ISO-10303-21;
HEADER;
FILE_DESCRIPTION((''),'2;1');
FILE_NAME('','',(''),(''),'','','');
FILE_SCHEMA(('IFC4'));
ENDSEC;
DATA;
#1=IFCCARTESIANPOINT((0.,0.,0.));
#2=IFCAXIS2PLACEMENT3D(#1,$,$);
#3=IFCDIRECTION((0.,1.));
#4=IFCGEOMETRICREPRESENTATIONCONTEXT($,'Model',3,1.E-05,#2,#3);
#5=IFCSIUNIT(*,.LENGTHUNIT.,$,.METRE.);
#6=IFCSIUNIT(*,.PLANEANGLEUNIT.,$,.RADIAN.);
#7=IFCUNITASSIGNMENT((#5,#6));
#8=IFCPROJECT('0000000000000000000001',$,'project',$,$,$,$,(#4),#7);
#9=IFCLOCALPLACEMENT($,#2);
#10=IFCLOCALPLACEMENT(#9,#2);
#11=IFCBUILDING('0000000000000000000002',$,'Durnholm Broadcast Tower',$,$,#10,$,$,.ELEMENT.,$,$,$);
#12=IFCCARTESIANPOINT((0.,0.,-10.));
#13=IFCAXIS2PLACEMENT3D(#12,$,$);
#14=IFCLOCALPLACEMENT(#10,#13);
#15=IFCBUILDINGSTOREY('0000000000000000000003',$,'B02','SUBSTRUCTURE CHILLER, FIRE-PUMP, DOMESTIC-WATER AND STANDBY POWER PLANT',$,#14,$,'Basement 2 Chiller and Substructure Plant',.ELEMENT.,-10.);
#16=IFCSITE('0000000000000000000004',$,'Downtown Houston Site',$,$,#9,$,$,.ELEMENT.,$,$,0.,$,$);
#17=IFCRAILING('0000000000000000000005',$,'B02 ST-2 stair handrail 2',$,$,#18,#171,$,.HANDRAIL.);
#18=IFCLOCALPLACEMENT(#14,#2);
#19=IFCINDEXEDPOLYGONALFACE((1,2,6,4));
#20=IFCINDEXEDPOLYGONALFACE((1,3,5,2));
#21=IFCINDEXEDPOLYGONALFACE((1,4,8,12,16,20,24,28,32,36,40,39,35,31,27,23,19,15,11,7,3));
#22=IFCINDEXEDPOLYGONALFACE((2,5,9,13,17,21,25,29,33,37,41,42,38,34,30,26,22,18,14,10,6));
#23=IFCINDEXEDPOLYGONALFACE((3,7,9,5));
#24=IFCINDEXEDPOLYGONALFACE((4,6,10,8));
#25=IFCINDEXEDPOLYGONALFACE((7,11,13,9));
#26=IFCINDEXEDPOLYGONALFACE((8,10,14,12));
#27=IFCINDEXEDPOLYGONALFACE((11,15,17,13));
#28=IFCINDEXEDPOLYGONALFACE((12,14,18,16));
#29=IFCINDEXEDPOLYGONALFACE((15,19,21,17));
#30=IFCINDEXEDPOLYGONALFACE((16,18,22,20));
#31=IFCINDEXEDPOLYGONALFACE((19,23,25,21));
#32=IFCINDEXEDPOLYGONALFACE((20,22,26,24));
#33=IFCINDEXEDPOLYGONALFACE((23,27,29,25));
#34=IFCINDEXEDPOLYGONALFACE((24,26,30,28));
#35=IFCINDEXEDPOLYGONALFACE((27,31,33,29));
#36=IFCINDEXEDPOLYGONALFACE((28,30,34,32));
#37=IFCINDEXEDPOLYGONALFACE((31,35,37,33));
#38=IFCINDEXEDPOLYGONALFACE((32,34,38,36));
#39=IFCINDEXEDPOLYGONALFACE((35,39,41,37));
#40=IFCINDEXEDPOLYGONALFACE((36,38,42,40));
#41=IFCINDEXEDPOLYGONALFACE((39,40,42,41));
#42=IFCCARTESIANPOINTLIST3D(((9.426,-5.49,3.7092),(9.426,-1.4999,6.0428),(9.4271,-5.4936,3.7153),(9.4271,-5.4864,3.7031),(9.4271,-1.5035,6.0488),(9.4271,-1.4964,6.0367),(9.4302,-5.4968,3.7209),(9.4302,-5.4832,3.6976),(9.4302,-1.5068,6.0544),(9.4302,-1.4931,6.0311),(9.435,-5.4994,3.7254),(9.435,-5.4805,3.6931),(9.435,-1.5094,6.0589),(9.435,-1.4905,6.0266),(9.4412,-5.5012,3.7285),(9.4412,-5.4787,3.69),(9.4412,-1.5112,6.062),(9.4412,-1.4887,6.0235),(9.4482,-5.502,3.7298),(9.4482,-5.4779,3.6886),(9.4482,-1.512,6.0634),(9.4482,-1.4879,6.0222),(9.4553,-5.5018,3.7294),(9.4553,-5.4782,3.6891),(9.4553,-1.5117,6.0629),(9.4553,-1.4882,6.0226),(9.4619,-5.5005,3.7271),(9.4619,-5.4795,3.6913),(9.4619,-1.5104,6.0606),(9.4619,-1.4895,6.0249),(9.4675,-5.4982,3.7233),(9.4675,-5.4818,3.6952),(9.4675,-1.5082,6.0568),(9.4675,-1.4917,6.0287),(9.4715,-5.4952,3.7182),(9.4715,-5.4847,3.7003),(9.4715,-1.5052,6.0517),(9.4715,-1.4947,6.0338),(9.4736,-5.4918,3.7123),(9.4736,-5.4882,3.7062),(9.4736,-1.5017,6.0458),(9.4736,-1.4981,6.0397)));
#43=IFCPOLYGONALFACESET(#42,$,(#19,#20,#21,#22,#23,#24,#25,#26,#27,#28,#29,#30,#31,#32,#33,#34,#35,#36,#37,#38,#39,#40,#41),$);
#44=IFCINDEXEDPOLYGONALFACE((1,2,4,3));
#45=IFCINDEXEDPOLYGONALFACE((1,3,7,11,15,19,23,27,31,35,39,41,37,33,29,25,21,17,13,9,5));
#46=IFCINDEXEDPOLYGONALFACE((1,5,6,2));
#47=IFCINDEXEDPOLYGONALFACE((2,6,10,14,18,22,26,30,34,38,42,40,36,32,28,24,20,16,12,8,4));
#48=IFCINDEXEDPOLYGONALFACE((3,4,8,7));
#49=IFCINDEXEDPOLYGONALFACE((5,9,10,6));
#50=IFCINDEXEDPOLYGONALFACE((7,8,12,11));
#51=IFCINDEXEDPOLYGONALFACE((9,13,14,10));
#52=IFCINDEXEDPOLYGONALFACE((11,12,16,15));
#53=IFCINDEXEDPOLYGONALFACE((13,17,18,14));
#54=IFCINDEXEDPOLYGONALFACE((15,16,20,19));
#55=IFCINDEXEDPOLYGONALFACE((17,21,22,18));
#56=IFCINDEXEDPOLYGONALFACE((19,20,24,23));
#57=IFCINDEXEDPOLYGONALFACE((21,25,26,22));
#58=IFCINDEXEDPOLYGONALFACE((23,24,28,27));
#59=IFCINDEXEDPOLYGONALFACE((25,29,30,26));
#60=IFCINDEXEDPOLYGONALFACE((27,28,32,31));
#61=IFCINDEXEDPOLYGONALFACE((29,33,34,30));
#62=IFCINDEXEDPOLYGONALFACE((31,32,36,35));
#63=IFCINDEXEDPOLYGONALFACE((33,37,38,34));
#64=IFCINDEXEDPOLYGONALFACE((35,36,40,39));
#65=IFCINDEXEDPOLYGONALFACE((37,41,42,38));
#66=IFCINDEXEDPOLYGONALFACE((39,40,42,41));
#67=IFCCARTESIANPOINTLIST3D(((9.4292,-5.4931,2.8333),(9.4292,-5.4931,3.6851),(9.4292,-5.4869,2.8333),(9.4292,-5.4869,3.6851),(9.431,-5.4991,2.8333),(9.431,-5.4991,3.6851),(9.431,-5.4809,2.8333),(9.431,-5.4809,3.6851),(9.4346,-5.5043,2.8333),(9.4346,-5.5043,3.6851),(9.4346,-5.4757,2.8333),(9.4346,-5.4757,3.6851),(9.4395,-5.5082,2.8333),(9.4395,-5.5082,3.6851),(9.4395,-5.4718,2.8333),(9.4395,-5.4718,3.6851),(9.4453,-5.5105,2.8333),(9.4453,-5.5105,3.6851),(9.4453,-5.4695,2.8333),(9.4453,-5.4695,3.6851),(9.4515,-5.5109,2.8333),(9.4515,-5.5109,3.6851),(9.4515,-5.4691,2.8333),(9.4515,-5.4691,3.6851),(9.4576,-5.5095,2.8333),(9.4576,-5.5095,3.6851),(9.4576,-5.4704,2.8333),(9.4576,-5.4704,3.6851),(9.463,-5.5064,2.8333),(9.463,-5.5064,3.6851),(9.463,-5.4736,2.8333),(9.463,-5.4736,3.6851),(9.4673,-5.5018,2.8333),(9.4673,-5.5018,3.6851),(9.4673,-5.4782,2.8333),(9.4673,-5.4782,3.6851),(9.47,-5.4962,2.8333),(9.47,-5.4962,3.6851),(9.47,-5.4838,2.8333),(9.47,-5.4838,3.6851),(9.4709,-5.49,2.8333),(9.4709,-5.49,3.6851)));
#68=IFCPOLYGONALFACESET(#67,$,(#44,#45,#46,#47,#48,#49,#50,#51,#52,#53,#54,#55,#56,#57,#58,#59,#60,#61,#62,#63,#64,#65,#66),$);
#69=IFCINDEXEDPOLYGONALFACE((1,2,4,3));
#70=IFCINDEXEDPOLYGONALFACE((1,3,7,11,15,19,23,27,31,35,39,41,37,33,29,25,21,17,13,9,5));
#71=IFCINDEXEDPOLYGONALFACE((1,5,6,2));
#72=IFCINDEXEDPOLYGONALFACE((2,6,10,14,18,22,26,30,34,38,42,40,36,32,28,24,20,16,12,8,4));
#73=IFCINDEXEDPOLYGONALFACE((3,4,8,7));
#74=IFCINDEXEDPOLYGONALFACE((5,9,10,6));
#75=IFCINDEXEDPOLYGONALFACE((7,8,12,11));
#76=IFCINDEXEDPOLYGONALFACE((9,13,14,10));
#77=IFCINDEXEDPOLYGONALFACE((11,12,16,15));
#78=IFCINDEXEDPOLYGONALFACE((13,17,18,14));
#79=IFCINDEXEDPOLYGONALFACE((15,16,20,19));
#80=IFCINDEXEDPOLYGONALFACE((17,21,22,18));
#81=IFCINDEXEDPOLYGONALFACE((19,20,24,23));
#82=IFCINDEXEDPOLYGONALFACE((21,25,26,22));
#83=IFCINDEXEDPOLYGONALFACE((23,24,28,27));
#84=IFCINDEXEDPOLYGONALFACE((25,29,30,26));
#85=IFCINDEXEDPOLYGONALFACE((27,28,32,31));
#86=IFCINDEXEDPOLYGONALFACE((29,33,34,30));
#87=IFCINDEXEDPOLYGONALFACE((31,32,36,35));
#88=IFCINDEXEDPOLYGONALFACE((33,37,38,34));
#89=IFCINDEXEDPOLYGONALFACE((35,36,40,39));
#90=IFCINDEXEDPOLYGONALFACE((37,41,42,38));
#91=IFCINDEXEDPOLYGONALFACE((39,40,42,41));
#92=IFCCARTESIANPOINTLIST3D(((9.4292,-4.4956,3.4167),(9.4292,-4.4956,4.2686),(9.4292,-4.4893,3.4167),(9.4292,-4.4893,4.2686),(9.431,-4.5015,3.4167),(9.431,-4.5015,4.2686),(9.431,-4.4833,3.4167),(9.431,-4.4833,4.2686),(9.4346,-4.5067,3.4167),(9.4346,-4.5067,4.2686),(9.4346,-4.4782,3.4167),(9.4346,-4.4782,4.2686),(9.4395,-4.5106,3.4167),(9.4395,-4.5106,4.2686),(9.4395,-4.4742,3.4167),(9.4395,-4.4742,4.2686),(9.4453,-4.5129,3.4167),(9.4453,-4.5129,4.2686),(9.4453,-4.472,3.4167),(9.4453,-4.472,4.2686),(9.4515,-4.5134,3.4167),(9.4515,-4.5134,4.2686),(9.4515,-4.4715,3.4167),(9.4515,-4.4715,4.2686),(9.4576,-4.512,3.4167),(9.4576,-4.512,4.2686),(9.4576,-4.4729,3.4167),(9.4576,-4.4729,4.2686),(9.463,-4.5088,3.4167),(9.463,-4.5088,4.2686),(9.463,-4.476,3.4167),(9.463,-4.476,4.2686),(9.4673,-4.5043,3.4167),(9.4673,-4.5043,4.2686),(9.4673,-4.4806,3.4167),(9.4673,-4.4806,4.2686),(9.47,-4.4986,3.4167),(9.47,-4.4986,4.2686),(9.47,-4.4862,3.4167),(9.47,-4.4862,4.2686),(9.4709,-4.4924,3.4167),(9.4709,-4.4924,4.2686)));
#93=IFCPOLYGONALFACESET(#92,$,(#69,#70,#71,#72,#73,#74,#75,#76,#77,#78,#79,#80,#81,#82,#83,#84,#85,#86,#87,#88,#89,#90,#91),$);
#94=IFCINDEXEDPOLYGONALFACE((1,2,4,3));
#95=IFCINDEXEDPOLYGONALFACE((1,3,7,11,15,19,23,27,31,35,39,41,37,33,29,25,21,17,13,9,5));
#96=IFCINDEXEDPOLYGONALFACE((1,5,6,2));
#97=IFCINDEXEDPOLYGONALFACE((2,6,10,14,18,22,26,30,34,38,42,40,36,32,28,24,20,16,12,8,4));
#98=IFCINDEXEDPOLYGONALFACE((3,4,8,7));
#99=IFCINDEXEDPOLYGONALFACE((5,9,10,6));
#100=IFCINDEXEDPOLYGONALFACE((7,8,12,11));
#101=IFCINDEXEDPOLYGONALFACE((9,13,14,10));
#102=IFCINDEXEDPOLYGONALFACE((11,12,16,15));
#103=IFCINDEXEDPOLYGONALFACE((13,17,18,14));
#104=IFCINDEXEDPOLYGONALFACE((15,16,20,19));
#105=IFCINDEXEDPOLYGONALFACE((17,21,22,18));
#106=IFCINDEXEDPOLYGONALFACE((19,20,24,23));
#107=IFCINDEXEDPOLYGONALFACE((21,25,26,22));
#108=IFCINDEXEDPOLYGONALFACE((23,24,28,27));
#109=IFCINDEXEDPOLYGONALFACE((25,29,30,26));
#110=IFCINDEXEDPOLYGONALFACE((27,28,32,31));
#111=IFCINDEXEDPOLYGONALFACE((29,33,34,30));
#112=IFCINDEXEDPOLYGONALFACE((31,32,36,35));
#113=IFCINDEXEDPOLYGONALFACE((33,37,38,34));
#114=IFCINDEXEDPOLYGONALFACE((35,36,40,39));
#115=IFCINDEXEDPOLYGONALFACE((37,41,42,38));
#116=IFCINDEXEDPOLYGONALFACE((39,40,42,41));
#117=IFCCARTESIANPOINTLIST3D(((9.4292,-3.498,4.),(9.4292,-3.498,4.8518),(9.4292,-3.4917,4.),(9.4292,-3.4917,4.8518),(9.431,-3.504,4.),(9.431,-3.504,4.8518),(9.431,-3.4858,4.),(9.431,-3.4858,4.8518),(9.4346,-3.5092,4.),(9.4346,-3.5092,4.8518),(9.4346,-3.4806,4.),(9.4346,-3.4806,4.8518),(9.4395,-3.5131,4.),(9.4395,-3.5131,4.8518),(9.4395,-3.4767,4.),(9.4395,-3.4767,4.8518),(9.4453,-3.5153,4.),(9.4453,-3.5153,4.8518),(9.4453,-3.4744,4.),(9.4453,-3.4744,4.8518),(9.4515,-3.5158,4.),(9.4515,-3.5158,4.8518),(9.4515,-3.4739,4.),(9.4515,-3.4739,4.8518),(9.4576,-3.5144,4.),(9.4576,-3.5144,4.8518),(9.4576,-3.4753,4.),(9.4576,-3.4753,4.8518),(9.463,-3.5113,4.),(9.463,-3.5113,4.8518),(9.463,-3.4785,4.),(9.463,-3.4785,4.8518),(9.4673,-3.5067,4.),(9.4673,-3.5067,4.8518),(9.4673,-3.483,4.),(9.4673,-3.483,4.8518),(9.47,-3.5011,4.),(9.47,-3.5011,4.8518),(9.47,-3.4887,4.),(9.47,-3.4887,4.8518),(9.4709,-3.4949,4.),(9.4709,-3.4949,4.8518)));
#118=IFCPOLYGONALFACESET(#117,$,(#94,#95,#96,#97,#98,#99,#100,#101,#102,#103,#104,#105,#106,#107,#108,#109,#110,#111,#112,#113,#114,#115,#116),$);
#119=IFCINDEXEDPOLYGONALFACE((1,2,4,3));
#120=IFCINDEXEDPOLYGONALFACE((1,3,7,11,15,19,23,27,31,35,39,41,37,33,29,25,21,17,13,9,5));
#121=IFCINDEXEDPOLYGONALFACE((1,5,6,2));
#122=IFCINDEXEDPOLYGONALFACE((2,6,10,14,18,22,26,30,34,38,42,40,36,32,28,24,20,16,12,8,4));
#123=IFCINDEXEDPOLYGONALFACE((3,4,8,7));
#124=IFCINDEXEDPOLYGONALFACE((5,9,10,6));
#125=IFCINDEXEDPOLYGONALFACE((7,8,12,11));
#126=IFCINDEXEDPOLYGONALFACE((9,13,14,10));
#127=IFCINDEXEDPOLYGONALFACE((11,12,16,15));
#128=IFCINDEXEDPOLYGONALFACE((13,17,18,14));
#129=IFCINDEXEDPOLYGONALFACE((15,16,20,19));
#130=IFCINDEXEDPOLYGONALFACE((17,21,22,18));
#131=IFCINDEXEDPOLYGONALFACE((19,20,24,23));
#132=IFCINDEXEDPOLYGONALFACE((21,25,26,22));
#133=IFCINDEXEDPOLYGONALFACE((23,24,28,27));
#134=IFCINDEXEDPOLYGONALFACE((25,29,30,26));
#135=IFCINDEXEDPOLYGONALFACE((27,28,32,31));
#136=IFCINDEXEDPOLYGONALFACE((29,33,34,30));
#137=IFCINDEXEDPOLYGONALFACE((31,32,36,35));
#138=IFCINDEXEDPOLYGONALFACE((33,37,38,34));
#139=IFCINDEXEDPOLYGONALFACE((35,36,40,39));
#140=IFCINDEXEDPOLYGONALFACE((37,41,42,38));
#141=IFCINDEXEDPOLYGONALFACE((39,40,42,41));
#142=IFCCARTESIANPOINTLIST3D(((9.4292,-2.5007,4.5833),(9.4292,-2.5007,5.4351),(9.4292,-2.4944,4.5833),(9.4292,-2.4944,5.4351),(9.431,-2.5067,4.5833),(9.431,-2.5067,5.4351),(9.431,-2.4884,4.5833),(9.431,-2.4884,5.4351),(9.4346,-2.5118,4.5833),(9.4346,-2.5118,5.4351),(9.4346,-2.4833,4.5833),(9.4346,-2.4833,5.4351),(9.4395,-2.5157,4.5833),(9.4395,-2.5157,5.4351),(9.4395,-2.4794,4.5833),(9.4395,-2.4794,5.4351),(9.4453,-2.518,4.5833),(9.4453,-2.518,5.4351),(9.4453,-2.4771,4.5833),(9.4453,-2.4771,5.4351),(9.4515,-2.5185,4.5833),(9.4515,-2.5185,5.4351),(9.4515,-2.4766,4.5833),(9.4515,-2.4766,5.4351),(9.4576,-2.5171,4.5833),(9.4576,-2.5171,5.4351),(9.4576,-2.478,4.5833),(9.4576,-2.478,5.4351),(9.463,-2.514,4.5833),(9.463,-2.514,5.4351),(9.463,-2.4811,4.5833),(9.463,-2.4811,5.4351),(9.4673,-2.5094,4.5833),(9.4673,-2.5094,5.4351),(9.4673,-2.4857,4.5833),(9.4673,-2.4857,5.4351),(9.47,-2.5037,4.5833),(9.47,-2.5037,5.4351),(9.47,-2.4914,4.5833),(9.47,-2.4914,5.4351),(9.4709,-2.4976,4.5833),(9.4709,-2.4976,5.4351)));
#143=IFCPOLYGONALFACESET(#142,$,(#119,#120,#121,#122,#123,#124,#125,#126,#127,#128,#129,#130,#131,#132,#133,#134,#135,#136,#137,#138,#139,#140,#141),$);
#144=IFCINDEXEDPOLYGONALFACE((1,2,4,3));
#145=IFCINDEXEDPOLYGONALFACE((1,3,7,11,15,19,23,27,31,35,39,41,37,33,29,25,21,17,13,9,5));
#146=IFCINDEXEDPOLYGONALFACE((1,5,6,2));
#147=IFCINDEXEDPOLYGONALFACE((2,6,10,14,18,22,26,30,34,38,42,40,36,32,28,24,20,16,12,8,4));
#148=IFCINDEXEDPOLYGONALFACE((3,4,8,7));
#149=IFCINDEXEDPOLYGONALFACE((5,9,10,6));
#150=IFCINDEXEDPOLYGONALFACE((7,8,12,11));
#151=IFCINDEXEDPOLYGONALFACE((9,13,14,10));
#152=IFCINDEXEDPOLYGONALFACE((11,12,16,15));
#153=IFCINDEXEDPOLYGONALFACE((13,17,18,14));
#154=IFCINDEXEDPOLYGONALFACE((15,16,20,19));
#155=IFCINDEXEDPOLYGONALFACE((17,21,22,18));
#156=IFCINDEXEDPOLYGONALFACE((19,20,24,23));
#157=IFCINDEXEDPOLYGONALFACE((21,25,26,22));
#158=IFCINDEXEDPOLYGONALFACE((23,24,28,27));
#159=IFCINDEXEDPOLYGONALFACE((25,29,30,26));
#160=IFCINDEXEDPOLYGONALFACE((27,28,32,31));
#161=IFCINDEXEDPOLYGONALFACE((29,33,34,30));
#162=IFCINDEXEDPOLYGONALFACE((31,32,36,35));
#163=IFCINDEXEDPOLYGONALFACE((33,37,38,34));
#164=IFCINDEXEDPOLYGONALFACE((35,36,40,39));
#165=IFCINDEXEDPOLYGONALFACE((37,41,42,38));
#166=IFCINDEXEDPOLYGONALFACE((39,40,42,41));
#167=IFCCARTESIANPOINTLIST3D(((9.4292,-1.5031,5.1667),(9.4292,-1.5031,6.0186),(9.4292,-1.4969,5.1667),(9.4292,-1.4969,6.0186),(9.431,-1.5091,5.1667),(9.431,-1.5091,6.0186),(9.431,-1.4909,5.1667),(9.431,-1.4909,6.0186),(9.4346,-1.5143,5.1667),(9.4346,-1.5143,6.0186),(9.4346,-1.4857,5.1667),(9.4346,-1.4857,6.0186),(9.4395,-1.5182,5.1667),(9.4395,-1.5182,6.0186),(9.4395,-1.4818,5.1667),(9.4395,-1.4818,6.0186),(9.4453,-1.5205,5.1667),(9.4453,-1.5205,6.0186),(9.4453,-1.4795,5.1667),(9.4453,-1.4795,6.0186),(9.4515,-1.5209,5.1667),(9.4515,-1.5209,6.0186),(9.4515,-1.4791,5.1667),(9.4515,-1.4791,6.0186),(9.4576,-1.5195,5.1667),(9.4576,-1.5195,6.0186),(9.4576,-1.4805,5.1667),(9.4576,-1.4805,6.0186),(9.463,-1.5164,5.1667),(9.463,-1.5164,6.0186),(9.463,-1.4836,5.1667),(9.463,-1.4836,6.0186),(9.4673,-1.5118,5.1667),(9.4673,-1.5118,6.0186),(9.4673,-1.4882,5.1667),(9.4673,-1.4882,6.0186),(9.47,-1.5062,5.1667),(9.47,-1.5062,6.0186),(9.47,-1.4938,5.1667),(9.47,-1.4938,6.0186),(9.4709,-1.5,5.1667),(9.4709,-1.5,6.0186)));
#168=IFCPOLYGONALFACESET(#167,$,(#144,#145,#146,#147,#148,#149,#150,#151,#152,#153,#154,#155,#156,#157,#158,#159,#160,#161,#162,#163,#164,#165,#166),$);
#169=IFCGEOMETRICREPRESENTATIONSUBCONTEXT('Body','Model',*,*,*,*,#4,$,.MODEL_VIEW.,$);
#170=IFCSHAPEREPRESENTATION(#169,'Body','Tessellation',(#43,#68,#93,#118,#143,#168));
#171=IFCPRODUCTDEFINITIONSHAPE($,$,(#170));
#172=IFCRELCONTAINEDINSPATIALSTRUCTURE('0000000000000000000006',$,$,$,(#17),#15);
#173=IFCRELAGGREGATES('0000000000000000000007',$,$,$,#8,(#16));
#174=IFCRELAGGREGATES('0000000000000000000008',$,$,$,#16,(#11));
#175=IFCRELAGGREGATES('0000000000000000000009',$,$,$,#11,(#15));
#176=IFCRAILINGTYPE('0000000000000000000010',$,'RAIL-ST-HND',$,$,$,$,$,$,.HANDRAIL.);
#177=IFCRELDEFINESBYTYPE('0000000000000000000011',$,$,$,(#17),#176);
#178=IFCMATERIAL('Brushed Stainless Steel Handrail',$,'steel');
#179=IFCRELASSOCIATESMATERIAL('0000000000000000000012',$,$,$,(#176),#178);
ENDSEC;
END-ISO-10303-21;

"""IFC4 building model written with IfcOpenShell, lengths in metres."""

from ifc_helpers import new_model, si_unit, direction, frame, origin, origin_2d, place, context, subcontext, project, spatial, circle, extrude, material, type_object, element, save


model = new_model("IFC4")

# Units and contexts
model_context = context("Model", 3, precision=1e-05, world=origin(), true_north=direction((0.0, 1.0)))
body_context = subcontext(model_context, "Body", "Model", "MODEL_VIEW")
ifc_project = project(units=[si_unit("LENGTHUNIT", "METRE"), si_unit("PLANEANGLEUNIT", "RADIAN")], contexts=[model_context])

# Site, building, storey
site_placement = place(None, origin())
site = spatial("IfcSite", under=ifc_project, at=site_placement, Name="Downtown Houston Site", CompositionType="ELEMENT", RefElevation=0.0)
building_placement = place(site_placement, origin())
building = spatial("IfcBuilding", under=site, at=building_placement, Name="Durnholm Broadcast Tower", CompositionType="ELEMENT")
storey_placement = place(building_placement, frame((0.0, 0.0, -10.0)))
storey = spatial("IfcBuildingStorey", under=building, at=storey_placement, Name="B02", Description="SUBSTRUCTURE CHILLER, FIRE-PUMP, DOMESTIC-WATER AND STANDBY POWER PLANT", LongName="Basement 2 Chiller and Substructure Plant", CompositionType="ELEMENT", Elevation=-10.0)

# Railing
ifc_material_1 = material(Name="Brushed Stainless Steel Handrail", Category="steel")
railing_type_1 = type_object("IfcRailingType", Name="RAIL-ST-HND", PredefinedType="HANDRAIL", material=ifc_material_1)
railing_1_placement = place(storey_placement, frame((9.45, -5.49, 2.8333)))
element("IfcRailing", 1, at=railing_1_placement, inside=storey, type_object=railing_type_1, Name="B02 ST-2 stair handrail 2", PredefinedType="HANDRAIL", context=body_context, shape_type="SweptSolid", body=[
    extrude(circle(Radius=0.0239, at=origin_2d()), frame((0.0, 0.0, 0.876), z_axis=(0.0, 0.863213, 0.50484), x_axis=(-1.0, 0.0, 0.0)), (0.0, 0.0, 1.0), 4.6223),
    extrude(circle(Radius=0.021, at=origin_2d()), origin(), (0.0, 0.0, 1.0), 0.8518),
    extrude(circle(Radius=0.021, at=origin_2d()), frame((0.0, 0.9976, 0.5835)), (0.0, 0.0, 1.0), 0.8518),
    extrude(circle(Radius=0.021, at=origin_2d()), frame((0.0, 1.9951, 1.1667)), (0.0, 0.0, 1.0), 0.8518),
    extrude(circle(Radius=0.021, at=origin_2d()), frame((0.0, 2.9924, 1.75)), (0.0, 0.0, 1.0), 0.8518),
    extrude(circle(Radius=0.021, at=origin_2d()), frame((0.0, 3.99, 2.3335)), (0.0, 0.0, 1.0), 0.8518),
])

save(model, "model.ifc")
